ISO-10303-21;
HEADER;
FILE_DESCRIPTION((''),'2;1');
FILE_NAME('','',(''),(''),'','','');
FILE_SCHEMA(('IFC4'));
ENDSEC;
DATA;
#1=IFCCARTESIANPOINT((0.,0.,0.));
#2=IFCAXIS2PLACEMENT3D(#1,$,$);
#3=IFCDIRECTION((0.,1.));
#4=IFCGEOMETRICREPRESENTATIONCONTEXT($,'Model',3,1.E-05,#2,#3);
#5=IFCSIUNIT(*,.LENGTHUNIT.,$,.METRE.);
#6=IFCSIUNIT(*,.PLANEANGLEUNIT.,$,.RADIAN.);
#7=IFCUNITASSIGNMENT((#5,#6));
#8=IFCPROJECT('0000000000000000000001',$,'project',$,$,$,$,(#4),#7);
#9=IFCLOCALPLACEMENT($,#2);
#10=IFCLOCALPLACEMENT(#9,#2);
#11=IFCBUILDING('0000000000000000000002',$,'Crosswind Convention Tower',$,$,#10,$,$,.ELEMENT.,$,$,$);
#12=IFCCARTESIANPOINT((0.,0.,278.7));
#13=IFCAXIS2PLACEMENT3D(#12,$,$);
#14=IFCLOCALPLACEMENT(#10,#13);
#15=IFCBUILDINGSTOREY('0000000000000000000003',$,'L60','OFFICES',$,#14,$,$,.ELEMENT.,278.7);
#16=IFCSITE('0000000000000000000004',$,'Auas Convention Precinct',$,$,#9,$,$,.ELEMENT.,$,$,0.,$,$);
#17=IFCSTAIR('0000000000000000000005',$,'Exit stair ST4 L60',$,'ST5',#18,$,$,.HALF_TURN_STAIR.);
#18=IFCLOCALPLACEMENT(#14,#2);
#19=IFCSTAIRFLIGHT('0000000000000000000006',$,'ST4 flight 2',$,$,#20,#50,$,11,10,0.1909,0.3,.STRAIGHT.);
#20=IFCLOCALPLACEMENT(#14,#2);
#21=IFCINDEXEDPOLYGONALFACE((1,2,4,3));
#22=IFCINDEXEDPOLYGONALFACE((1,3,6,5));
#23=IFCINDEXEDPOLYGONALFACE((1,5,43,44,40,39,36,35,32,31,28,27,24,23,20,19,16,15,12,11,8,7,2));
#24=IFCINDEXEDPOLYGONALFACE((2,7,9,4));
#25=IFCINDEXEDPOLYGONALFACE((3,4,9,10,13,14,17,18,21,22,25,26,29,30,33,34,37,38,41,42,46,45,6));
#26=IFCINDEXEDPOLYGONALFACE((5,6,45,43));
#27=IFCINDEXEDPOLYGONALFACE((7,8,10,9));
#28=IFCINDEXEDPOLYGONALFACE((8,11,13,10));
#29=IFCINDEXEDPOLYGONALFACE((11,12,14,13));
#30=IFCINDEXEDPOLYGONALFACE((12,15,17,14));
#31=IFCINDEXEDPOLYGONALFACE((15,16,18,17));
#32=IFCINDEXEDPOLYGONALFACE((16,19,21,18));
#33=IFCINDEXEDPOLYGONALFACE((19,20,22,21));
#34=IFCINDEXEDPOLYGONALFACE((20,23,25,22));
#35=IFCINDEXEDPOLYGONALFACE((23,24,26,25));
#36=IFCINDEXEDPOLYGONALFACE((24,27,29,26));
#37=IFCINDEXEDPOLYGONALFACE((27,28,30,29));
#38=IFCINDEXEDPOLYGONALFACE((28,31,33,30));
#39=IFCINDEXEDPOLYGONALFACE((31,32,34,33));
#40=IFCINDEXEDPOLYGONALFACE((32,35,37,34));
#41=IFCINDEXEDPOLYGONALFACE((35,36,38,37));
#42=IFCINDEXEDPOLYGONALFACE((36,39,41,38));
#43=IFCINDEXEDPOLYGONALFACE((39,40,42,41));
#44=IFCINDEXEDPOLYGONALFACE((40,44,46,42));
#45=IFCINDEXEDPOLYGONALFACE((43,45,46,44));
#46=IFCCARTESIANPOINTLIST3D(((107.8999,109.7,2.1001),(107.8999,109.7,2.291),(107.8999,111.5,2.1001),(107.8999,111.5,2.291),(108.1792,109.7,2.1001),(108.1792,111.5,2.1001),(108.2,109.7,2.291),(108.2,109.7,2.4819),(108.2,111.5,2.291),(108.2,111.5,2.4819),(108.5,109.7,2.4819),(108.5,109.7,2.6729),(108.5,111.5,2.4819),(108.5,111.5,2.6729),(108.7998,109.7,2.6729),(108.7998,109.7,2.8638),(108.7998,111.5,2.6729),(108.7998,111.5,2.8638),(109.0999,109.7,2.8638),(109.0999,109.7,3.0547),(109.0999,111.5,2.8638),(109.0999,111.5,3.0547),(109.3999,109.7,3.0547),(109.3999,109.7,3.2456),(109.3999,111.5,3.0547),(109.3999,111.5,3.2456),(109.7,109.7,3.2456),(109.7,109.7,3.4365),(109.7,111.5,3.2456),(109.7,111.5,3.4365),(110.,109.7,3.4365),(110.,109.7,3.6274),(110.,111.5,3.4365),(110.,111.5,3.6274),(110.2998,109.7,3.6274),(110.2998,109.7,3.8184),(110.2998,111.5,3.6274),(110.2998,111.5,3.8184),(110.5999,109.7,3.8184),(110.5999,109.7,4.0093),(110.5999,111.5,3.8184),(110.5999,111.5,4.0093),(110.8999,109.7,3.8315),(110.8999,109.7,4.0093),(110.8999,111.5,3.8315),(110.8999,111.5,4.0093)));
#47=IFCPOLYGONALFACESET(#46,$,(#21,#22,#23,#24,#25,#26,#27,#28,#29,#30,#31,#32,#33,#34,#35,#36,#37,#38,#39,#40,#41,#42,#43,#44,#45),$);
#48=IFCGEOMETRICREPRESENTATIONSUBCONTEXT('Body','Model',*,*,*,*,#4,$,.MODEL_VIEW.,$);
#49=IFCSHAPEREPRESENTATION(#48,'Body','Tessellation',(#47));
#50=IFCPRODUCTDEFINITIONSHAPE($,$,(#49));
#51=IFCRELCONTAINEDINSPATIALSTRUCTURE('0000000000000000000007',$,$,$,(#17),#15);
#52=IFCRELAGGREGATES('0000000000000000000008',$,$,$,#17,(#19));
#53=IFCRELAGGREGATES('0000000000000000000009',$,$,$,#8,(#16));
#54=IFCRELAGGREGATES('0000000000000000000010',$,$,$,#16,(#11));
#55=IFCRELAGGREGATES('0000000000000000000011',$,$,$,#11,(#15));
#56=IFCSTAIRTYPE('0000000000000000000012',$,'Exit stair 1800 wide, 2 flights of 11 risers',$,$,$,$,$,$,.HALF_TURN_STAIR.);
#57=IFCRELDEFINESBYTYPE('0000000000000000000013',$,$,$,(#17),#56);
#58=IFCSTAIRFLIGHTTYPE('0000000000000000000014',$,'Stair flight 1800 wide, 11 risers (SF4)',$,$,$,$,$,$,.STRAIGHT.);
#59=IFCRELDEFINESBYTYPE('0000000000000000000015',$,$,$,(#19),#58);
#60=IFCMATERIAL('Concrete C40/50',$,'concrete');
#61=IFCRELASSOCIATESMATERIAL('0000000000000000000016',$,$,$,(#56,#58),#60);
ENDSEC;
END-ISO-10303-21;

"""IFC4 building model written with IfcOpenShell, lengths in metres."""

from ifc_helpers import new_model, si_unit, direction, frame, origin, place, context, subcontext, project, spatial, polyline, outline, extrude, material, type_object, element, aggregate, save


model = new_model("IFC4")

# Units and contexts
model_context = context("Model", 3, precision=1e-05, world=origin(), true_north=direction((0.0, 1.0)))
body_context = subcontext(model_context, "Body", "Model", "MODEL_VIEW")
ifc_project = project(units=[si_unit("LENGTHUNIT", "METRE"), si_unit("PLANEANGLEUNIT", "RADIAN")], contexts=[model_context])

# Site, building, storey
site_placement = place(None, origin())
site = spatial("IfcSite", under=ifc_project, at=site_placement, Name="Auas Convention Precinct", CompositionType="ELEMENT", RefElevation=0.0)
building_placement = place(site_placement, origin())
building = spatial("IfcBuilding", under=site, at=building_placement, Name="Crosswind Convention Tower", CompositionType="ELEMENT")
storey_placement = place(building_placement, frame((0.0, 0.0, 278.7)))
storey = spatial("IfcBuildingStorey", under=building, at=storey_placement, Name="L60", Description="OFFICES", CompositionType="ELEMENT", Elevation=278.7)

# Stair, stair flight
ifc_material_1 = material(Name="Concrete C40/50", Category="concrete")
stair_type = type_object("IfcStairType", Name="Exit stair 1800 wide, 2 flights of 11 risers", PredefinedType="HALF_TURN_STAIR", material=ifc_material_1)
stair_placement = place(storey_placement, origin())
stair = element("IfcStair", 1, at=stair_placement, inside=storey, type_object=stair_type, Name="Exit stair ST4 L60", ObjectType="ST5", PredefinedType="HALF_TURN_STAIR")
stair_flight_type = type_object("IfcStairFlightType", Name="Stair flight 1800 wide, 11 risers (SF4)", PredefinedType="STRAIGHT", material=ifc_material_1)
stair_flight_placement = place(storey_placement, frame((107.8999, 110.6001, 2.1001), z_axis=(0.0, 0.0, 1.0), x_axis=(1.0, 0.0, 0.0)))
stair_flight = element("IfcStairFlight", 2, at=stair_flight_placement, type_object=stair_flight_type, Name="ST4 flight 2", NumberOfRisers=11, NumberOfTreads=10, PredefinedType="STRAIGHT", RiserHeight=0.1909, TreadLength=0.3, context=body_context, shape_type="SweptSolid", body=[
    extrude(outline(polyline([(0.0, 0.0), (0.0, 0.1909), (0.3, 0.1909), (0.3, 0.3818), (0.6001, 0.3818), (0.6001, 0.5728), (0.8999, 0.5728), (0.8999, 0.7637), (1.2, 0.7637), (1.2, 0.9546), (1.5, 0.9546), (1.5, 1.1455), (1.8, 1.1455), (1.8, 1.3364), (2.1001, 1.3364), (2.1001, 1.5273), (2.3999, 1.5273), (2.3999, 1.7183), (2.7, 1.7183), (2.7, 1.9092), (3.0, 1.9092), (3.0, 2.1001), (3.0, 1.7314), (0.2793, 0.0), (0.0, 0.0)])), frame((0.0, 0.8999, 0.0), z_axis=(0.0, -1.0, 0.0), x_axis=(1.0, 0.0, 0.0)), (0.0, 0.0, 1.0), 1.8),
])
aggregate(stair, [stair_flight])

save(model, "model.ifc")
